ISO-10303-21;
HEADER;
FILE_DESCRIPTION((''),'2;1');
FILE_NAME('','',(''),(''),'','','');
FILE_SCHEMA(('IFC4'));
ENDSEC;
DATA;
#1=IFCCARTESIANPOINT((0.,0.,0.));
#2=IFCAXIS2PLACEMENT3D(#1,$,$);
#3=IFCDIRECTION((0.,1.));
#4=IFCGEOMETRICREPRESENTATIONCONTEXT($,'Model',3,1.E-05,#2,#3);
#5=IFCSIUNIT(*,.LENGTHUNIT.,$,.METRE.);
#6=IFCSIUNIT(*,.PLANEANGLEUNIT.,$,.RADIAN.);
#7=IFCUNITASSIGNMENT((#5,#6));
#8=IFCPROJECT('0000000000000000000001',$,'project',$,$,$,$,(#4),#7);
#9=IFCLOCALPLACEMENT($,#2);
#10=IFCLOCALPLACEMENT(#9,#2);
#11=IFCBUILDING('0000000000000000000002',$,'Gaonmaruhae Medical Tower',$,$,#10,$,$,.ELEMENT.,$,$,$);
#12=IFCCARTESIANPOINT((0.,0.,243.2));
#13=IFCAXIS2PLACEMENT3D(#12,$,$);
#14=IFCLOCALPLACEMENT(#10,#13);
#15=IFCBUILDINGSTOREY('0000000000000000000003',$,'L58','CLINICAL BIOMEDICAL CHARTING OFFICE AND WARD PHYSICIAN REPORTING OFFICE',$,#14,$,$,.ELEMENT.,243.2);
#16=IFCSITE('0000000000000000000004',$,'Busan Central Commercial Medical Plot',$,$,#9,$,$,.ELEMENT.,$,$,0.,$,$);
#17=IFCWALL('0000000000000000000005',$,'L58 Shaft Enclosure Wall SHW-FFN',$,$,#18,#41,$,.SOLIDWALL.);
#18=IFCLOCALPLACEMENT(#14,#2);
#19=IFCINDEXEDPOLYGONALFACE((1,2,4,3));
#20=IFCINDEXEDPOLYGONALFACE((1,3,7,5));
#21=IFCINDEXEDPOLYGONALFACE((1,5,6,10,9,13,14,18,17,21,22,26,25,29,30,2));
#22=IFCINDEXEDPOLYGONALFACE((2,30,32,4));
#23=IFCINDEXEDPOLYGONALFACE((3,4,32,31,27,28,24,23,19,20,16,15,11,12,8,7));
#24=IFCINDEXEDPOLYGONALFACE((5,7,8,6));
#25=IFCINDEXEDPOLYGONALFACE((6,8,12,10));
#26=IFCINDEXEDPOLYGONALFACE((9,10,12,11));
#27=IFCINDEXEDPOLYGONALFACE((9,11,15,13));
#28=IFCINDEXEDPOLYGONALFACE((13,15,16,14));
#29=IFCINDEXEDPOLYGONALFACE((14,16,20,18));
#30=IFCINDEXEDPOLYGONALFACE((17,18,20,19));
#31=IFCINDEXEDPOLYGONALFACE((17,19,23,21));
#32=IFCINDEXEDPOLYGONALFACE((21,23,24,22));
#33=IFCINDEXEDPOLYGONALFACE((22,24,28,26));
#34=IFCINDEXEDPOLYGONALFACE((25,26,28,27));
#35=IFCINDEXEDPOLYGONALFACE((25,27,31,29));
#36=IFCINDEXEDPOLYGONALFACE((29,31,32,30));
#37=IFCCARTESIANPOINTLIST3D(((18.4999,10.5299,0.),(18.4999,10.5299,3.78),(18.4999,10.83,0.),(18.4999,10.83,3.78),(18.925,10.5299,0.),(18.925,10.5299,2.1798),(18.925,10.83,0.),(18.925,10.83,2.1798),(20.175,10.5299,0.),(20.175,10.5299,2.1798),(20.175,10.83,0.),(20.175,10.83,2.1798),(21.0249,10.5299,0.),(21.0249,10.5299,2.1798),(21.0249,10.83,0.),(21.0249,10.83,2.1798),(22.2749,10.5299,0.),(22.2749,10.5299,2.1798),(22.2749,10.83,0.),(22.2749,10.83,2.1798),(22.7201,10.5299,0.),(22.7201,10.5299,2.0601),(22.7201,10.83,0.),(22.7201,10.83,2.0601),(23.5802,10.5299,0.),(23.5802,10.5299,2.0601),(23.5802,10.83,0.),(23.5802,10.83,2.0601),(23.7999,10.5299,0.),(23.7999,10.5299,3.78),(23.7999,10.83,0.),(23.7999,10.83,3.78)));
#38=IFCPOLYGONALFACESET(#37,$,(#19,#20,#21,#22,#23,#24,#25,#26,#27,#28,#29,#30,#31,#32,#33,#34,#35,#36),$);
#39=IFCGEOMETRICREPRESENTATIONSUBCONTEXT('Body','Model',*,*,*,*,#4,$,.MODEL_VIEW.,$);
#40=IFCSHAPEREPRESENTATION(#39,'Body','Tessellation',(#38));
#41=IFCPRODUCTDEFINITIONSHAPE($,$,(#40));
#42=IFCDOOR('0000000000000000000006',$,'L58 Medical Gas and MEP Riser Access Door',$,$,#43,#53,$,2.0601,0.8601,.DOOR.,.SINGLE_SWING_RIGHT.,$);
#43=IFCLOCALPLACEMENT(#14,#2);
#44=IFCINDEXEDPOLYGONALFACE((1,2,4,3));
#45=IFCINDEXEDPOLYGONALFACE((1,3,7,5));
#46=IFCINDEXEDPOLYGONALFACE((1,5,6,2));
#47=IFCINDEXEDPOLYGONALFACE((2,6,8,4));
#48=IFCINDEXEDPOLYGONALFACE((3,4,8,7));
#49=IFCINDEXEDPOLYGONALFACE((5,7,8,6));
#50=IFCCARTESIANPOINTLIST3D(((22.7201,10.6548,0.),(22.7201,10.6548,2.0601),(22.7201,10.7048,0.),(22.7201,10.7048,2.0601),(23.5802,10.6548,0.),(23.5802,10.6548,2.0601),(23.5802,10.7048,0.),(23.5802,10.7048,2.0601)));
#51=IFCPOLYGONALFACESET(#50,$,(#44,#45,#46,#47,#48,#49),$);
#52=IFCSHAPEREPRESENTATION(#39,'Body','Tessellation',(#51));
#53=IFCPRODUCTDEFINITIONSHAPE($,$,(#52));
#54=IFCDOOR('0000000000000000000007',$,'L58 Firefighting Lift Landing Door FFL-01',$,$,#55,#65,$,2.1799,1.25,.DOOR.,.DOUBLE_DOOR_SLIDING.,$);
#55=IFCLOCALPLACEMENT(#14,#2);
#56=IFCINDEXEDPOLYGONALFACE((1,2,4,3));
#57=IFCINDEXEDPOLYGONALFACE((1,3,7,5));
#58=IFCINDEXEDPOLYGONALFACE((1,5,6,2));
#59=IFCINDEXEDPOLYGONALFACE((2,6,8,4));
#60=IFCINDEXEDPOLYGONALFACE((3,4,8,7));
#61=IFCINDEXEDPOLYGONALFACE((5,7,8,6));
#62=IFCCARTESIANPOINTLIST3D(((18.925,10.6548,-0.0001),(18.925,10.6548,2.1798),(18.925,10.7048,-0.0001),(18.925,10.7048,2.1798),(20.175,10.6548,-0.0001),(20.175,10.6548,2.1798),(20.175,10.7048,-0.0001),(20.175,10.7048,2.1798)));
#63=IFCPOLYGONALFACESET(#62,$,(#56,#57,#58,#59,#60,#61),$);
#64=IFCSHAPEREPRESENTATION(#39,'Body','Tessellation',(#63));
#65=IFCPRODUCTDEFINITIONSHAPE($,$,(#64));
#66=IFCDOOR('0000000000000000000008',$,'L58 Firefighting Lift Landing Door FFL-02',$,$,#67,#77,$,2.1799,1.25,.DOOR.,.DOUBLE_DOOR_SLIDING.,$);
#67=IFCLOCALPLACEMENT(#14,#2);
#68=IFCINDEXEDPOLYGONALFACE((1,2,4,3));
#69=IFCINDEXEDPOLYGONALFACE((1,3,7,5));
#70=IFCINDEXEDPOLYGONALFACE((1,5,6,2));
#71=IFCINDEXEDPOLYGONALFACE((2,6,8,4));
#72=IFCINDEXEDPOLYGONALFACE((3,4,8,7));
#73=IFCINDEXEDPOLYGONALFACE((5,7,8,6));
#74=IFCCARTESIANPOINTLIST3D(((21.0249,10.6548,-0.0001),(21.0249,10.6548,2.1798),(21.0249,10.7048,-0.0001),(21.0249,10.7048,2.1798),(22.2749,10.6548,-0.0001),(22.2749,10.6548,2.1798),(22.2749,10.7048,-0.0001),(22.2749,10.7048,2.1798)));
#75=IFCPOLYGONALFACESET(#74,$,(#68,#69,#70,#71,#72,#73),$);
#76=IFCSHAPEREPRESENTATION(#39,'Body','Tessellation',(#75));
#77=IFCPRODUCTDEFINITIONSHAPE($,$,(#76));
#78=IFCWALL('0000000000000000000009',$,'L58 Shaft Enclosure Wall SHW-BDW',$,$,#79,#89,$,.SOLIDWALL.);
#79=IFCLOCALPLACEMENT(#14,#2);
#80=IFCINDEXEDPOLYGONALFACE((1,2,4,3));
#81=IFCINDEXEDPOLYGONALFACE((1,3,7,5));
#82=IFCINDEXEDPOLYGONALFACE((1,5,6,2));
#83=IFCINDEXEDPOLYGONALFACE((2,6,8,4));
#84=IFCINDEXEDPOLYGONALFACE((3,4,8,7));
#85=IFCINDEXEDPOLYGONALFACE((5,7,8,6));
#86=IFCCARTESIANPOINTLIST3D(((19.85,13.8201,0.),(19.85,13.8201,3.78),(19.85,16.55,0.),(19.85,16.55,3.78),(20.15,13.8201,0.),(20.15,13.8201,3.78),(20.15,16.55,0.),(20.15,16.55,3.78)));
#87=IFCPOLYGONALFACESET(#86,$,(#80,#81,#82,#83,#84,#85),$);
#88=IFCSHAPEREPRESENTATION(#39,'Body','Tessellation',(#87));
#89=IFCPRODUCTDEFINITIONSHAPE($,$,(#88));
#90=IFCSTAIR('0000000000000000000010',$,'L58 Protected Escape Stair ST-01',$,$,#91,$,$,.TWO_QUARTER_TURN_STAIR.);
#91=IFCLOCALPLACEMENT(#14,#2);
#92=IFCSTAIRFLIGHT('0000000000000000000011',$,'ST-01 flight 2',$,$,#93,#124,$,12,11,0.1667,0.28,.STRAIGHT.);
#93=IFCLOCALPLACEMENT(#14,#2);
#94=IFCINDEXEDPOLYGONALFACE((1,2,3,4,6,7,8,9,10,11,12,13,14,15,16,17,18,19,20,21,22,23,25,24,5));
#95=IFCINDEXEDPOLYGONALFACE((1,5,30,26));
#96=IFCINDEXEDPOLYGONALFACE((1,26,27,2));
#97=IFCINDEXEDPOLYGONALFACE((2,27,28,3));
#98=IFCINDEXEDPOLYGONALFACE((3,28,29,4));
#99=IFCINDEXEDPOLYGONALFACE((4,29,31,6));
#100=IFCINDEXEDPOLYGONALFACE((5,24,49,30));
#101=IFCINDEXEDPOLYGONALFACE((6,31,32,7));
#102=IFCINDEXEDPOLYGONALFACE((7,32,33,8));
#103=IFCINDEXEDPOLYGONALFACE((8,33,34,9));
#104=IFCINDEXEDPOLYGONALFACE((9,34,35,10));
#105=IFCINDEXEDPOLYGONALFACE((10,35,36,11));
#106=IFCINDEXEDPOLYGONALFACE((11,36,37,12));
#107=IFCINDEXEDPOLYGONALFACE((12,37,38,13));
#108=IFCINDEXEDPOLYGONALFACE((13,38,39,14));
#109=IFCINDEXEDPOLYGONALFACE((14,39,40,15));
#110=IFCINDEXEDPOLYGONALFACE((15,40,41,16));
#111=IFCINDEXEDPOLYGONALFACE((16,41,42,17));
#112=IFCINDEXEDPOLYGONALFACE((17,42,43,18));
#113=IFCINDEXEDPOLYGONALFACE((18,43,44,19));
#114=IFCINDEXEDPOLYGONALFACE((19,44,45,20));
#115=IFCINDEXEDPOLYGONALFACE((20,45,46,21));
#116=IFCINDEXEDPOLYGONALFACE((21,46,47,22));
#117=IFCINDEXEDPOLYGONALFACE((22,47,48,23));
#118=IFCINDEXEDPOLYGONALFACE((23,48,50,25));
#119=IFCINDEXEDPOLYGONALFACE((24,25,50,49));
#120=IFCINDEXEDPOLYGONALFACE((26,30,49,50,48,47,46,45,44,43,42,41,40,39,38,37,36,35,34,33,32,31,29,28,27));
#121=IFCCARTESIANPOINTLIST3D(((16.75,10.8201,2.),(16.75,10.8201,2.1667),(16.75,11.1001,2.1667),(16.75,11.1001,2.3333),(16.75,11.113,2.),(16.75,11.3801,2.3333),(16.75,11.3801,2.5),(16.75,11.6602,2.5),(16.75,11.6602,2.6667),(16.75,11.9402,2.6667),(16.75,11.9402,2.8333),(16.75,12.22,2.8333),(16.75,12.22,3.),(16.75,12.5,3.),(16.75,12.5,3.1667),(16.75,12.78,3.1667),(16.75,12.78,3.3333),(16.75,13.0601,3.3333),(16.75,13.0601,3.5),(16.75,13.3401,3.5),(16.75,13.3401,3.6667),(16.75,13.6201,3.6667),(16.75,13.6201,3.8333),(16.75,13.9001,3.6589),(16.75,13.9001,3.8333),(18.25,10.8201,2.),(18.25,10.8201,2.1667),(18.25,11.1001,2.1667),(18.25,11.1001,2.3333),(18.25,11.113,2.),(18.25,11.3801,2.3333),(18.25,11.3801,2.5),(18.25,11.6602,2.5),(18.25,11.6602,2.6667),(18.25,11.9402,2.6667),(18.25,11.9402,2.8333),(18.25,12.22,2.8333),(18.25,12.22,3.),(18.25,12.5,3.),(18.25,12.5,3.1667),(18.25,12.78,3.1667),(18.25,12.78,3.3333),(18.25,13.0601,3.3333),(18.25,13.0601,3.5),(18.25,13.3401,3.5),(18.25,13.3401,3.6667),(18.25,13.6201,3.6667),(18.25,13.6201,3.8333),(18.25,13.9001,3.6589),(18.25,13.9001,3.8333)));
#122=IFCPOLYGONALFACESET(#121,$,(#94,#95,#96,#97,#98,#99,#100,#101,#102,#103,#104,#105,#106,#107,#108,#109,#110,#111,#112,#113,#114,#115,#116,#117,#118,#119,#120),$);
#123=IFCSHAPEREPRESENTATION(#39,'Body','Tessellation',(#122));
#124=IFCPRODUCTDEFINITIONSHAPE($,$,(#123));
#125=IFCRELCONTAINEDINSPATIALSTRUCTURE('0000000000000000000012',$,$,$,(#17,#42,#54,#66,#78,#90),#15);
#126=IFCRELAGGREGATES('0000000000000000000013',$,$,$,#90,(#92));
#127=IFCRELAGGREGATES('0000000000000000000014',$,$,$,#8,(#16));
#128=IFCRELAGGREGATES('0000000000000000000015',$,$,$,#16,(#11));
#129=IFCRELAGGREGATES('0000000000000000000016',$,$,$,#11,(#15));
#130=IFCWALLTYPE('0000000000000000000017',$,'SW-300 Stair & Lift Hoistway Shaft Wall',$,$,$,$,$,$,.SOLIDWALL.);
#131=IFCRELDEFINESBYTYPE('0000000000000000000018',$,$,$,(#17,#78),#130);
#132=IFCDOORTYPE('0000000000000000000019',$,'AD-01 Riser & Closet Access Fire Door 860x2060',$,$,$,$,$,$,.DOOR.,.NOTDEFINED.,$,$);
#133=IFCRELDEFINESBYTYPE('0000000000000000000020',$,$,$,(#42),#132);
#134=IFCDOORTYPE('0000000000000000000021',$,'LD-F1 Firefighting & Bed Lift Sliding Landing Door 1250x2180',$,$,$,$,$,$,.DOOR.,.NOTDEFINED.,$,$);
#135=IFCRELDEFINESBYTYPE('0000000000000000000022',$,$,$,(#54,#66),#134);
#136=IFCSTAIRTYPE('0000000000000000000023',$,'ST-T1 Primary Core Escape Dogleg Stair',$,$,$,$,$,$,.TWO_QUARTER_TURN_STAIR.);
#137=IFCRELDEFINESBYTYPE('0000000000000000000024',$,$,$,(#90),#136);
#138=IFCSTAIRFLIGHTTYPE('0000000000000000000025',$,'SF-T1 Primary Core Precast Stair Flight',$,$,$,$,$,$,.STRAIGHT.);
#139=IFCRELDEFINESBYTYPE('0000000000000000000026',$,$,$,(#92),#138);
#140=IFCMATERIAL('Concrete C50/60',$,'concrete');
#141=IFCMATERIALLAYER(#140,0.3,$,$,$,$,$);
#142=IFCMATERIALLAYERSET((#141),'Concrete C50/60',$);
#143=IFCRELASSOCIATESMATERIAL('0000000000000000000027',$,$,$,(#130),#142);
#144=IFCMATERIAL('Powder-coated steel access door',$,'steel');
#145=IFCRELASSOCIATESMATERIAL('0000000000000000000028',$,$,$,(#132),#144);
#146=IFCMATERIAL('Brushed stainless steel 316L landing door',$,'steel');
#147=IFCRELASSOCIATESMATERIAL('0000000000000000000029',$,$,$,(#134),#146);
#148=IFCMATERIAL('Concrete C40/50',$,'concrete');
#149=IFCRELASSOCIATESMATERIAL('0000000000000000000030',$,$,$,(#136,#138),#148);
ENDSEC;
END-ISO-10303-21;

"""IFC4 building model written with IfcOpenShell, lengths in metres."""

from ifc_helpers import new_model, si_unit, direction, frame, frame_2d, origin, place, context, subcontext, project, spatial, polyline, rectangle, outline, extrude, material, layer, layer_set, type_object, element, fill, aggregate, save


model = new_model("IFC4")

# Units and contexts
model_context = context("Model", 3, precision=1e-05, world=origin(), true_north=direction((0.0, 1.0)))
body_context = subcontext(model_context, "Body", "Model", "MODEL_VIEW")
ifc_project = project(units=[si_unit("LENGTHUNIT", "METRE"), si_unit("PLANEANGLEUNIT", "RADIAN")], contexts=[model_context])

# Site, building, storey
site_placement = place(None, origin())
site = spatial("IfcSite", under=ifc_project, at=site_placement, Name="Busan Central Commercial Medical Plot", CompositionType="ELEMENT", RefElevation=0.0)
building_placement = place(site_placement, origin())
building = spatial("IfcBuilding", under=site, at=building_placement, Name="Gaonmaruhae Medical Tower", CompositionType="ELEMENT")
storey_placement = place(building_placement, frame((0.0, 0.0, 243.2)))
storey = spatial("IfcBuildingStorey", under=building, at=storey_placement, Name="L58", Description="CLINICAL BIOMEDICAL CHARTING OFFICE AND WARD PHYSICIAN REPORTING OFFICE", CompositionType="ELEMENT", Elevation=243.2)

# Shared definitions
ifc_material_1 = material(Name="Concrete C50/60", Category="concrete")

# Wall, openings, doors
ifc_layer_1 = layer(ifc_material_1, 0.3)
ifc_layer_set_1 = layer_set([ifc_layer_1], Name="Concrete C50/60")
wall_type_1 = type_object("IfcWallType", Name="SW-300 Stair & Lift Hoistway Shaft Wall", PredefinedType="SOLIDWALL", material=ifc_layer_set_1)
wall_1_placement = place(storey_placement, frame((18.5, 10.6799, 0.0), z_axis=(0.0, 0.0, 1.0), x_axis=(1.0, 0.0, 0.0)))
wall_1 = element("IfcWall", 1, at=wall_1_placement, inside=storey, type_object=wall_type_1, Name="L58 Shaft Enclosure Wall SHW-FFN", PredefinedType="SOLIDWALL", context=body_context, shape_type="SweptSolid", body=[
    extrude(rectangle(XDim=5.3, YDim=0.3, at=frame_2d((2.6499, 0.0))), origin(), (0.0, 0.0, 1.0), 3.78),
])
opening_1_placement = place(wall_1_placement, frame((4.22, 0.0, 0.0)))
opening_1 = element("IfcOpeningElement", 2, at=opening_1_placement, cuts=wall_1, PredefinedType="OPENING", context=body_context, shape_type="SweptSolid", body=[
    extrude(rectangle(XDim=0.8601, YDim=2.0601, at=frame_2d((0.4302, 1.03))), frame((0.0, 0.1602, 0.0), z_axis=(0.0, -1.0, 0.0), x_axis=(1.0, 0.0, 0.0)), (0.0, 0.0, 1.0), 0.3201),
])
opening_2_placement = place(wall_1_placement, frame((0.425, 0.0, 0.0)))
opening_2 = element("IfcOpeningElement", 3, at=opening_2_placement, cuts=wall_1, PredefinedType="OPENING", context=body_context, shape_type="SweptSolid", body=[
    extrude(rectangle(XDim=1.25, YDim=2.1799, at=frame_2d((0.625, 1.0898))), frame((0.0, 0.1602, 0.0), z_axis=(0.0, -1.0, 0.0), x_axis=(1.0, 0.0, 0.0)), (0.0, 0.0, 1.0), 0.3201),
])
opening_3_placement = place(wall_1_placement, frame((2.5249, 0.0, 0.0)))
opening_3 = element("IfcOpeningElement", 4, at=opening_3_placement, cuts=wall_1, PredefinedType="OPENING", context=body_context, shape_type="SweptSolid", body=[
    extrude(rectangle(XDim=1.25, YDim=2.1799, at=frame_2d((0.625, 1.0898))), frame((0.0, 0.1602, 0.0), z_axis=(0.0, -1.0, 0.0), x_axis=(1.0, 0.0, 0.0)), (0.0, 0.0, 1.0), 0.3201),
])
ifc_material_2 = material(Name="Powder-coated steel access door", Category="steel")
door_type_1 = type_object("IfcDoorType", Name="AD-01 Riser & Closet Access Fire Door 860x2060", OperationType="NOTDEFINED", PredefinedType="DOOR", material=ifc_material_2)
door_1_placement = place(opening_1_placement, origin())
door_1 = element("IfcDoor", 5, at=door_1_placement, inside=storey, type_object=door_type_1, Name="L58 Medical Gas and MEP Riser Access Door", OperationType="SINGLE_SWING_RIGHT", OverallHeight=2.0601, OverallWidth=0.8601, PredefinedType="DOOR", context=body_context, shape_type="SweptSolid", body=[
    extrude(rectangle(XDim=0.8601, YDim=2.0601, at=frame_2d((0.4302, 1.03))), frame((0.0, 0.0249, 0.0), z_axis=(0.0, -1.0, 0.0), x_axis=(1.0, 0.0, 0.0)), (0.0, 0.0, 1.0), 0.05),
])
fill(opening_1, door_1)
ifc_material_3 = material(Name="Brushed stainless steel 316L landing door", Category="steel")
door_type_2 = type_object("IfcDoorType", Name="LD-F1 Firefighting & Bed Lift Sliding Landing Door 1250x2180", OperationType="NOTDEFINED", PredefinedType="DOOR", material=ifc_material_3)
door_2_placement = place(opening_2_placement, origin())
door_2 = element("IfcDoor", 6, at=door_2_placement, inside=storey, type_object=door_type_2, Name="L58 Firefighting Lift Landing Door FFL-01", OperationType="DOUBLE_DOOR_SLIDING", OverallHeight=2.1799, OverallWidth=1.25, PredefinedType="DOOR", context=body_context, shape_type="SweptSolid", body=[
    extrude(rectangle(XDim=1.25, YDim=2.1799, at=frame_2d((0.625, 1.0898))), frame((0.0, 0.0249, 0.0), z_axis=(0.0, -1.0, 0.0), x_axis=(1.0, 0.0, 0.0)), (0.0, 0.0, 1.0), 0.05),
])
fill(opening_2, door_2)
door_3_placement = place(opening_3_placement, origin())
door_3 = element("IfcDoor", 7, at=door_3_placement, inside=storey, type_object=door_type_2, Name="L58 Firefighting Lift Landing Door FFL-02", OperationType="DOUBLE_DOOR_SLIDING", OverallHeight=2.1799, OverallWidth=1.25, PredefinedType="DOOR", context=body_context, shape_type="SweptSolid", body=[
    extrude(rectangle(XDim=1.25, YDim=2.1799, at=frame_2d((0.625, 1.0898))), frame((0.0, 0.0249, 0.0), z_axis=(0.0, -1.0, 0.0), x_axis=(1.0, 0.0, 0.0)), (0.0, 0.0, 1.0), 0.05),
])
fill(opening_3, door_3)

# Wall
wall_2_placement = place(storey_placement, frame((20.0, 13.8201, 0.0), z_axis=(0.0, 0.0, 1.0), x_axis=(0.0, 1.0, 0.0)))
element("IfcWall", 8, at=wall_2_placement, inside=storey, type_object=wall_type_1, Name="L58 Shaft Enclosure Wall SHW-BDW", PredefinedType="SOLIDWALL", context=body_context, shape_type="SweptSolid", body=[
    extrude(rectangle(XDim=2.73, YDim=0.3, at=frame_2d((1.365, 0.0))), origin(), (0.0, 0.0, 1.0), 3.78),
])

# Stair, stair flight
ifc_material_4 = material(Name="Concrete C40/50", Category="concrete")
stair_type = type_object("IfcStairType", Name="ST-T1 Primary Core Escape Dogleg Stair", PredefinedType="TWO_QUARTER_TURN_STAIR", material=ifc_material_4)
stair_placement = place(storey_placement, origin())
stair = element("IfcStair", 9, at=stair_placement, inside=storey, type_object=stair_type, Name="L58 Protected Escape Stair ST-01", PredefinedType="TWO_QUARTER_TURN_STAIR")
stair_flight_type = type_object("IfcStairFlightType", Name="SF-T1 Primary Core Precast Stair Flight", PredefinedType="STRAIGHT", material=ifc_material_4)
stair_flight_placement = place(storey_placement, frame((17.5, 10.8201, 2.0), z_axis=(0.0, 0.0, 1.0), x_axis=(0.0, 1.0, 0.0)))
stair_flight = element("IfcStairFlight", 10, at=stair_flight_placement, type_object=stair_flight_type, Name="ST-01 flight 2", NumberOfRisers=12, NumberOfTreads=11, PredefinedType="STRAIGHT", RiserHeight=0.1667, TreadLength=0.28, context=body_context, shape_type="SweptSolid", body=[
    extrude(outline(polyline([(0.0, 0.0), (0.0, 0.1667), (0.28, 0.1667), (0.28, 0.3333), (0.5601, 0.3333), (0.5601, 0.5), (0.8401, 0.5), (0.8401, 0.6667), (1.1201, 0.6667), (1.1201, 0.8333), (1.3999, 0.8333), (1.3999, 1.0), (1.6799, 1.0), (1.6799, 1.1667), (1.96, 1.1667), (1.96, 1.3333), (2.24, 1.3333), (2.24, 1.5), (2.52, 1.5), (2.52, 1.6667), (2.8, 1.6667), (2.8, 1.8333), (3.0801, 1.8333), (3.0801, 2.0), (3.0801, 1.6589), (0.293, 0.0), (0.0, 0.0)])), frame((0.0, 0.75, 0.0), z_axis=(0.0, -1.0, 0.0), x_axis=(1.0, 0.0, 0.0)), (0.0, 0.0, 1.0), 1.5),
])
aggregate(stair, [stair_flight])

save(model, "model.ifc")
